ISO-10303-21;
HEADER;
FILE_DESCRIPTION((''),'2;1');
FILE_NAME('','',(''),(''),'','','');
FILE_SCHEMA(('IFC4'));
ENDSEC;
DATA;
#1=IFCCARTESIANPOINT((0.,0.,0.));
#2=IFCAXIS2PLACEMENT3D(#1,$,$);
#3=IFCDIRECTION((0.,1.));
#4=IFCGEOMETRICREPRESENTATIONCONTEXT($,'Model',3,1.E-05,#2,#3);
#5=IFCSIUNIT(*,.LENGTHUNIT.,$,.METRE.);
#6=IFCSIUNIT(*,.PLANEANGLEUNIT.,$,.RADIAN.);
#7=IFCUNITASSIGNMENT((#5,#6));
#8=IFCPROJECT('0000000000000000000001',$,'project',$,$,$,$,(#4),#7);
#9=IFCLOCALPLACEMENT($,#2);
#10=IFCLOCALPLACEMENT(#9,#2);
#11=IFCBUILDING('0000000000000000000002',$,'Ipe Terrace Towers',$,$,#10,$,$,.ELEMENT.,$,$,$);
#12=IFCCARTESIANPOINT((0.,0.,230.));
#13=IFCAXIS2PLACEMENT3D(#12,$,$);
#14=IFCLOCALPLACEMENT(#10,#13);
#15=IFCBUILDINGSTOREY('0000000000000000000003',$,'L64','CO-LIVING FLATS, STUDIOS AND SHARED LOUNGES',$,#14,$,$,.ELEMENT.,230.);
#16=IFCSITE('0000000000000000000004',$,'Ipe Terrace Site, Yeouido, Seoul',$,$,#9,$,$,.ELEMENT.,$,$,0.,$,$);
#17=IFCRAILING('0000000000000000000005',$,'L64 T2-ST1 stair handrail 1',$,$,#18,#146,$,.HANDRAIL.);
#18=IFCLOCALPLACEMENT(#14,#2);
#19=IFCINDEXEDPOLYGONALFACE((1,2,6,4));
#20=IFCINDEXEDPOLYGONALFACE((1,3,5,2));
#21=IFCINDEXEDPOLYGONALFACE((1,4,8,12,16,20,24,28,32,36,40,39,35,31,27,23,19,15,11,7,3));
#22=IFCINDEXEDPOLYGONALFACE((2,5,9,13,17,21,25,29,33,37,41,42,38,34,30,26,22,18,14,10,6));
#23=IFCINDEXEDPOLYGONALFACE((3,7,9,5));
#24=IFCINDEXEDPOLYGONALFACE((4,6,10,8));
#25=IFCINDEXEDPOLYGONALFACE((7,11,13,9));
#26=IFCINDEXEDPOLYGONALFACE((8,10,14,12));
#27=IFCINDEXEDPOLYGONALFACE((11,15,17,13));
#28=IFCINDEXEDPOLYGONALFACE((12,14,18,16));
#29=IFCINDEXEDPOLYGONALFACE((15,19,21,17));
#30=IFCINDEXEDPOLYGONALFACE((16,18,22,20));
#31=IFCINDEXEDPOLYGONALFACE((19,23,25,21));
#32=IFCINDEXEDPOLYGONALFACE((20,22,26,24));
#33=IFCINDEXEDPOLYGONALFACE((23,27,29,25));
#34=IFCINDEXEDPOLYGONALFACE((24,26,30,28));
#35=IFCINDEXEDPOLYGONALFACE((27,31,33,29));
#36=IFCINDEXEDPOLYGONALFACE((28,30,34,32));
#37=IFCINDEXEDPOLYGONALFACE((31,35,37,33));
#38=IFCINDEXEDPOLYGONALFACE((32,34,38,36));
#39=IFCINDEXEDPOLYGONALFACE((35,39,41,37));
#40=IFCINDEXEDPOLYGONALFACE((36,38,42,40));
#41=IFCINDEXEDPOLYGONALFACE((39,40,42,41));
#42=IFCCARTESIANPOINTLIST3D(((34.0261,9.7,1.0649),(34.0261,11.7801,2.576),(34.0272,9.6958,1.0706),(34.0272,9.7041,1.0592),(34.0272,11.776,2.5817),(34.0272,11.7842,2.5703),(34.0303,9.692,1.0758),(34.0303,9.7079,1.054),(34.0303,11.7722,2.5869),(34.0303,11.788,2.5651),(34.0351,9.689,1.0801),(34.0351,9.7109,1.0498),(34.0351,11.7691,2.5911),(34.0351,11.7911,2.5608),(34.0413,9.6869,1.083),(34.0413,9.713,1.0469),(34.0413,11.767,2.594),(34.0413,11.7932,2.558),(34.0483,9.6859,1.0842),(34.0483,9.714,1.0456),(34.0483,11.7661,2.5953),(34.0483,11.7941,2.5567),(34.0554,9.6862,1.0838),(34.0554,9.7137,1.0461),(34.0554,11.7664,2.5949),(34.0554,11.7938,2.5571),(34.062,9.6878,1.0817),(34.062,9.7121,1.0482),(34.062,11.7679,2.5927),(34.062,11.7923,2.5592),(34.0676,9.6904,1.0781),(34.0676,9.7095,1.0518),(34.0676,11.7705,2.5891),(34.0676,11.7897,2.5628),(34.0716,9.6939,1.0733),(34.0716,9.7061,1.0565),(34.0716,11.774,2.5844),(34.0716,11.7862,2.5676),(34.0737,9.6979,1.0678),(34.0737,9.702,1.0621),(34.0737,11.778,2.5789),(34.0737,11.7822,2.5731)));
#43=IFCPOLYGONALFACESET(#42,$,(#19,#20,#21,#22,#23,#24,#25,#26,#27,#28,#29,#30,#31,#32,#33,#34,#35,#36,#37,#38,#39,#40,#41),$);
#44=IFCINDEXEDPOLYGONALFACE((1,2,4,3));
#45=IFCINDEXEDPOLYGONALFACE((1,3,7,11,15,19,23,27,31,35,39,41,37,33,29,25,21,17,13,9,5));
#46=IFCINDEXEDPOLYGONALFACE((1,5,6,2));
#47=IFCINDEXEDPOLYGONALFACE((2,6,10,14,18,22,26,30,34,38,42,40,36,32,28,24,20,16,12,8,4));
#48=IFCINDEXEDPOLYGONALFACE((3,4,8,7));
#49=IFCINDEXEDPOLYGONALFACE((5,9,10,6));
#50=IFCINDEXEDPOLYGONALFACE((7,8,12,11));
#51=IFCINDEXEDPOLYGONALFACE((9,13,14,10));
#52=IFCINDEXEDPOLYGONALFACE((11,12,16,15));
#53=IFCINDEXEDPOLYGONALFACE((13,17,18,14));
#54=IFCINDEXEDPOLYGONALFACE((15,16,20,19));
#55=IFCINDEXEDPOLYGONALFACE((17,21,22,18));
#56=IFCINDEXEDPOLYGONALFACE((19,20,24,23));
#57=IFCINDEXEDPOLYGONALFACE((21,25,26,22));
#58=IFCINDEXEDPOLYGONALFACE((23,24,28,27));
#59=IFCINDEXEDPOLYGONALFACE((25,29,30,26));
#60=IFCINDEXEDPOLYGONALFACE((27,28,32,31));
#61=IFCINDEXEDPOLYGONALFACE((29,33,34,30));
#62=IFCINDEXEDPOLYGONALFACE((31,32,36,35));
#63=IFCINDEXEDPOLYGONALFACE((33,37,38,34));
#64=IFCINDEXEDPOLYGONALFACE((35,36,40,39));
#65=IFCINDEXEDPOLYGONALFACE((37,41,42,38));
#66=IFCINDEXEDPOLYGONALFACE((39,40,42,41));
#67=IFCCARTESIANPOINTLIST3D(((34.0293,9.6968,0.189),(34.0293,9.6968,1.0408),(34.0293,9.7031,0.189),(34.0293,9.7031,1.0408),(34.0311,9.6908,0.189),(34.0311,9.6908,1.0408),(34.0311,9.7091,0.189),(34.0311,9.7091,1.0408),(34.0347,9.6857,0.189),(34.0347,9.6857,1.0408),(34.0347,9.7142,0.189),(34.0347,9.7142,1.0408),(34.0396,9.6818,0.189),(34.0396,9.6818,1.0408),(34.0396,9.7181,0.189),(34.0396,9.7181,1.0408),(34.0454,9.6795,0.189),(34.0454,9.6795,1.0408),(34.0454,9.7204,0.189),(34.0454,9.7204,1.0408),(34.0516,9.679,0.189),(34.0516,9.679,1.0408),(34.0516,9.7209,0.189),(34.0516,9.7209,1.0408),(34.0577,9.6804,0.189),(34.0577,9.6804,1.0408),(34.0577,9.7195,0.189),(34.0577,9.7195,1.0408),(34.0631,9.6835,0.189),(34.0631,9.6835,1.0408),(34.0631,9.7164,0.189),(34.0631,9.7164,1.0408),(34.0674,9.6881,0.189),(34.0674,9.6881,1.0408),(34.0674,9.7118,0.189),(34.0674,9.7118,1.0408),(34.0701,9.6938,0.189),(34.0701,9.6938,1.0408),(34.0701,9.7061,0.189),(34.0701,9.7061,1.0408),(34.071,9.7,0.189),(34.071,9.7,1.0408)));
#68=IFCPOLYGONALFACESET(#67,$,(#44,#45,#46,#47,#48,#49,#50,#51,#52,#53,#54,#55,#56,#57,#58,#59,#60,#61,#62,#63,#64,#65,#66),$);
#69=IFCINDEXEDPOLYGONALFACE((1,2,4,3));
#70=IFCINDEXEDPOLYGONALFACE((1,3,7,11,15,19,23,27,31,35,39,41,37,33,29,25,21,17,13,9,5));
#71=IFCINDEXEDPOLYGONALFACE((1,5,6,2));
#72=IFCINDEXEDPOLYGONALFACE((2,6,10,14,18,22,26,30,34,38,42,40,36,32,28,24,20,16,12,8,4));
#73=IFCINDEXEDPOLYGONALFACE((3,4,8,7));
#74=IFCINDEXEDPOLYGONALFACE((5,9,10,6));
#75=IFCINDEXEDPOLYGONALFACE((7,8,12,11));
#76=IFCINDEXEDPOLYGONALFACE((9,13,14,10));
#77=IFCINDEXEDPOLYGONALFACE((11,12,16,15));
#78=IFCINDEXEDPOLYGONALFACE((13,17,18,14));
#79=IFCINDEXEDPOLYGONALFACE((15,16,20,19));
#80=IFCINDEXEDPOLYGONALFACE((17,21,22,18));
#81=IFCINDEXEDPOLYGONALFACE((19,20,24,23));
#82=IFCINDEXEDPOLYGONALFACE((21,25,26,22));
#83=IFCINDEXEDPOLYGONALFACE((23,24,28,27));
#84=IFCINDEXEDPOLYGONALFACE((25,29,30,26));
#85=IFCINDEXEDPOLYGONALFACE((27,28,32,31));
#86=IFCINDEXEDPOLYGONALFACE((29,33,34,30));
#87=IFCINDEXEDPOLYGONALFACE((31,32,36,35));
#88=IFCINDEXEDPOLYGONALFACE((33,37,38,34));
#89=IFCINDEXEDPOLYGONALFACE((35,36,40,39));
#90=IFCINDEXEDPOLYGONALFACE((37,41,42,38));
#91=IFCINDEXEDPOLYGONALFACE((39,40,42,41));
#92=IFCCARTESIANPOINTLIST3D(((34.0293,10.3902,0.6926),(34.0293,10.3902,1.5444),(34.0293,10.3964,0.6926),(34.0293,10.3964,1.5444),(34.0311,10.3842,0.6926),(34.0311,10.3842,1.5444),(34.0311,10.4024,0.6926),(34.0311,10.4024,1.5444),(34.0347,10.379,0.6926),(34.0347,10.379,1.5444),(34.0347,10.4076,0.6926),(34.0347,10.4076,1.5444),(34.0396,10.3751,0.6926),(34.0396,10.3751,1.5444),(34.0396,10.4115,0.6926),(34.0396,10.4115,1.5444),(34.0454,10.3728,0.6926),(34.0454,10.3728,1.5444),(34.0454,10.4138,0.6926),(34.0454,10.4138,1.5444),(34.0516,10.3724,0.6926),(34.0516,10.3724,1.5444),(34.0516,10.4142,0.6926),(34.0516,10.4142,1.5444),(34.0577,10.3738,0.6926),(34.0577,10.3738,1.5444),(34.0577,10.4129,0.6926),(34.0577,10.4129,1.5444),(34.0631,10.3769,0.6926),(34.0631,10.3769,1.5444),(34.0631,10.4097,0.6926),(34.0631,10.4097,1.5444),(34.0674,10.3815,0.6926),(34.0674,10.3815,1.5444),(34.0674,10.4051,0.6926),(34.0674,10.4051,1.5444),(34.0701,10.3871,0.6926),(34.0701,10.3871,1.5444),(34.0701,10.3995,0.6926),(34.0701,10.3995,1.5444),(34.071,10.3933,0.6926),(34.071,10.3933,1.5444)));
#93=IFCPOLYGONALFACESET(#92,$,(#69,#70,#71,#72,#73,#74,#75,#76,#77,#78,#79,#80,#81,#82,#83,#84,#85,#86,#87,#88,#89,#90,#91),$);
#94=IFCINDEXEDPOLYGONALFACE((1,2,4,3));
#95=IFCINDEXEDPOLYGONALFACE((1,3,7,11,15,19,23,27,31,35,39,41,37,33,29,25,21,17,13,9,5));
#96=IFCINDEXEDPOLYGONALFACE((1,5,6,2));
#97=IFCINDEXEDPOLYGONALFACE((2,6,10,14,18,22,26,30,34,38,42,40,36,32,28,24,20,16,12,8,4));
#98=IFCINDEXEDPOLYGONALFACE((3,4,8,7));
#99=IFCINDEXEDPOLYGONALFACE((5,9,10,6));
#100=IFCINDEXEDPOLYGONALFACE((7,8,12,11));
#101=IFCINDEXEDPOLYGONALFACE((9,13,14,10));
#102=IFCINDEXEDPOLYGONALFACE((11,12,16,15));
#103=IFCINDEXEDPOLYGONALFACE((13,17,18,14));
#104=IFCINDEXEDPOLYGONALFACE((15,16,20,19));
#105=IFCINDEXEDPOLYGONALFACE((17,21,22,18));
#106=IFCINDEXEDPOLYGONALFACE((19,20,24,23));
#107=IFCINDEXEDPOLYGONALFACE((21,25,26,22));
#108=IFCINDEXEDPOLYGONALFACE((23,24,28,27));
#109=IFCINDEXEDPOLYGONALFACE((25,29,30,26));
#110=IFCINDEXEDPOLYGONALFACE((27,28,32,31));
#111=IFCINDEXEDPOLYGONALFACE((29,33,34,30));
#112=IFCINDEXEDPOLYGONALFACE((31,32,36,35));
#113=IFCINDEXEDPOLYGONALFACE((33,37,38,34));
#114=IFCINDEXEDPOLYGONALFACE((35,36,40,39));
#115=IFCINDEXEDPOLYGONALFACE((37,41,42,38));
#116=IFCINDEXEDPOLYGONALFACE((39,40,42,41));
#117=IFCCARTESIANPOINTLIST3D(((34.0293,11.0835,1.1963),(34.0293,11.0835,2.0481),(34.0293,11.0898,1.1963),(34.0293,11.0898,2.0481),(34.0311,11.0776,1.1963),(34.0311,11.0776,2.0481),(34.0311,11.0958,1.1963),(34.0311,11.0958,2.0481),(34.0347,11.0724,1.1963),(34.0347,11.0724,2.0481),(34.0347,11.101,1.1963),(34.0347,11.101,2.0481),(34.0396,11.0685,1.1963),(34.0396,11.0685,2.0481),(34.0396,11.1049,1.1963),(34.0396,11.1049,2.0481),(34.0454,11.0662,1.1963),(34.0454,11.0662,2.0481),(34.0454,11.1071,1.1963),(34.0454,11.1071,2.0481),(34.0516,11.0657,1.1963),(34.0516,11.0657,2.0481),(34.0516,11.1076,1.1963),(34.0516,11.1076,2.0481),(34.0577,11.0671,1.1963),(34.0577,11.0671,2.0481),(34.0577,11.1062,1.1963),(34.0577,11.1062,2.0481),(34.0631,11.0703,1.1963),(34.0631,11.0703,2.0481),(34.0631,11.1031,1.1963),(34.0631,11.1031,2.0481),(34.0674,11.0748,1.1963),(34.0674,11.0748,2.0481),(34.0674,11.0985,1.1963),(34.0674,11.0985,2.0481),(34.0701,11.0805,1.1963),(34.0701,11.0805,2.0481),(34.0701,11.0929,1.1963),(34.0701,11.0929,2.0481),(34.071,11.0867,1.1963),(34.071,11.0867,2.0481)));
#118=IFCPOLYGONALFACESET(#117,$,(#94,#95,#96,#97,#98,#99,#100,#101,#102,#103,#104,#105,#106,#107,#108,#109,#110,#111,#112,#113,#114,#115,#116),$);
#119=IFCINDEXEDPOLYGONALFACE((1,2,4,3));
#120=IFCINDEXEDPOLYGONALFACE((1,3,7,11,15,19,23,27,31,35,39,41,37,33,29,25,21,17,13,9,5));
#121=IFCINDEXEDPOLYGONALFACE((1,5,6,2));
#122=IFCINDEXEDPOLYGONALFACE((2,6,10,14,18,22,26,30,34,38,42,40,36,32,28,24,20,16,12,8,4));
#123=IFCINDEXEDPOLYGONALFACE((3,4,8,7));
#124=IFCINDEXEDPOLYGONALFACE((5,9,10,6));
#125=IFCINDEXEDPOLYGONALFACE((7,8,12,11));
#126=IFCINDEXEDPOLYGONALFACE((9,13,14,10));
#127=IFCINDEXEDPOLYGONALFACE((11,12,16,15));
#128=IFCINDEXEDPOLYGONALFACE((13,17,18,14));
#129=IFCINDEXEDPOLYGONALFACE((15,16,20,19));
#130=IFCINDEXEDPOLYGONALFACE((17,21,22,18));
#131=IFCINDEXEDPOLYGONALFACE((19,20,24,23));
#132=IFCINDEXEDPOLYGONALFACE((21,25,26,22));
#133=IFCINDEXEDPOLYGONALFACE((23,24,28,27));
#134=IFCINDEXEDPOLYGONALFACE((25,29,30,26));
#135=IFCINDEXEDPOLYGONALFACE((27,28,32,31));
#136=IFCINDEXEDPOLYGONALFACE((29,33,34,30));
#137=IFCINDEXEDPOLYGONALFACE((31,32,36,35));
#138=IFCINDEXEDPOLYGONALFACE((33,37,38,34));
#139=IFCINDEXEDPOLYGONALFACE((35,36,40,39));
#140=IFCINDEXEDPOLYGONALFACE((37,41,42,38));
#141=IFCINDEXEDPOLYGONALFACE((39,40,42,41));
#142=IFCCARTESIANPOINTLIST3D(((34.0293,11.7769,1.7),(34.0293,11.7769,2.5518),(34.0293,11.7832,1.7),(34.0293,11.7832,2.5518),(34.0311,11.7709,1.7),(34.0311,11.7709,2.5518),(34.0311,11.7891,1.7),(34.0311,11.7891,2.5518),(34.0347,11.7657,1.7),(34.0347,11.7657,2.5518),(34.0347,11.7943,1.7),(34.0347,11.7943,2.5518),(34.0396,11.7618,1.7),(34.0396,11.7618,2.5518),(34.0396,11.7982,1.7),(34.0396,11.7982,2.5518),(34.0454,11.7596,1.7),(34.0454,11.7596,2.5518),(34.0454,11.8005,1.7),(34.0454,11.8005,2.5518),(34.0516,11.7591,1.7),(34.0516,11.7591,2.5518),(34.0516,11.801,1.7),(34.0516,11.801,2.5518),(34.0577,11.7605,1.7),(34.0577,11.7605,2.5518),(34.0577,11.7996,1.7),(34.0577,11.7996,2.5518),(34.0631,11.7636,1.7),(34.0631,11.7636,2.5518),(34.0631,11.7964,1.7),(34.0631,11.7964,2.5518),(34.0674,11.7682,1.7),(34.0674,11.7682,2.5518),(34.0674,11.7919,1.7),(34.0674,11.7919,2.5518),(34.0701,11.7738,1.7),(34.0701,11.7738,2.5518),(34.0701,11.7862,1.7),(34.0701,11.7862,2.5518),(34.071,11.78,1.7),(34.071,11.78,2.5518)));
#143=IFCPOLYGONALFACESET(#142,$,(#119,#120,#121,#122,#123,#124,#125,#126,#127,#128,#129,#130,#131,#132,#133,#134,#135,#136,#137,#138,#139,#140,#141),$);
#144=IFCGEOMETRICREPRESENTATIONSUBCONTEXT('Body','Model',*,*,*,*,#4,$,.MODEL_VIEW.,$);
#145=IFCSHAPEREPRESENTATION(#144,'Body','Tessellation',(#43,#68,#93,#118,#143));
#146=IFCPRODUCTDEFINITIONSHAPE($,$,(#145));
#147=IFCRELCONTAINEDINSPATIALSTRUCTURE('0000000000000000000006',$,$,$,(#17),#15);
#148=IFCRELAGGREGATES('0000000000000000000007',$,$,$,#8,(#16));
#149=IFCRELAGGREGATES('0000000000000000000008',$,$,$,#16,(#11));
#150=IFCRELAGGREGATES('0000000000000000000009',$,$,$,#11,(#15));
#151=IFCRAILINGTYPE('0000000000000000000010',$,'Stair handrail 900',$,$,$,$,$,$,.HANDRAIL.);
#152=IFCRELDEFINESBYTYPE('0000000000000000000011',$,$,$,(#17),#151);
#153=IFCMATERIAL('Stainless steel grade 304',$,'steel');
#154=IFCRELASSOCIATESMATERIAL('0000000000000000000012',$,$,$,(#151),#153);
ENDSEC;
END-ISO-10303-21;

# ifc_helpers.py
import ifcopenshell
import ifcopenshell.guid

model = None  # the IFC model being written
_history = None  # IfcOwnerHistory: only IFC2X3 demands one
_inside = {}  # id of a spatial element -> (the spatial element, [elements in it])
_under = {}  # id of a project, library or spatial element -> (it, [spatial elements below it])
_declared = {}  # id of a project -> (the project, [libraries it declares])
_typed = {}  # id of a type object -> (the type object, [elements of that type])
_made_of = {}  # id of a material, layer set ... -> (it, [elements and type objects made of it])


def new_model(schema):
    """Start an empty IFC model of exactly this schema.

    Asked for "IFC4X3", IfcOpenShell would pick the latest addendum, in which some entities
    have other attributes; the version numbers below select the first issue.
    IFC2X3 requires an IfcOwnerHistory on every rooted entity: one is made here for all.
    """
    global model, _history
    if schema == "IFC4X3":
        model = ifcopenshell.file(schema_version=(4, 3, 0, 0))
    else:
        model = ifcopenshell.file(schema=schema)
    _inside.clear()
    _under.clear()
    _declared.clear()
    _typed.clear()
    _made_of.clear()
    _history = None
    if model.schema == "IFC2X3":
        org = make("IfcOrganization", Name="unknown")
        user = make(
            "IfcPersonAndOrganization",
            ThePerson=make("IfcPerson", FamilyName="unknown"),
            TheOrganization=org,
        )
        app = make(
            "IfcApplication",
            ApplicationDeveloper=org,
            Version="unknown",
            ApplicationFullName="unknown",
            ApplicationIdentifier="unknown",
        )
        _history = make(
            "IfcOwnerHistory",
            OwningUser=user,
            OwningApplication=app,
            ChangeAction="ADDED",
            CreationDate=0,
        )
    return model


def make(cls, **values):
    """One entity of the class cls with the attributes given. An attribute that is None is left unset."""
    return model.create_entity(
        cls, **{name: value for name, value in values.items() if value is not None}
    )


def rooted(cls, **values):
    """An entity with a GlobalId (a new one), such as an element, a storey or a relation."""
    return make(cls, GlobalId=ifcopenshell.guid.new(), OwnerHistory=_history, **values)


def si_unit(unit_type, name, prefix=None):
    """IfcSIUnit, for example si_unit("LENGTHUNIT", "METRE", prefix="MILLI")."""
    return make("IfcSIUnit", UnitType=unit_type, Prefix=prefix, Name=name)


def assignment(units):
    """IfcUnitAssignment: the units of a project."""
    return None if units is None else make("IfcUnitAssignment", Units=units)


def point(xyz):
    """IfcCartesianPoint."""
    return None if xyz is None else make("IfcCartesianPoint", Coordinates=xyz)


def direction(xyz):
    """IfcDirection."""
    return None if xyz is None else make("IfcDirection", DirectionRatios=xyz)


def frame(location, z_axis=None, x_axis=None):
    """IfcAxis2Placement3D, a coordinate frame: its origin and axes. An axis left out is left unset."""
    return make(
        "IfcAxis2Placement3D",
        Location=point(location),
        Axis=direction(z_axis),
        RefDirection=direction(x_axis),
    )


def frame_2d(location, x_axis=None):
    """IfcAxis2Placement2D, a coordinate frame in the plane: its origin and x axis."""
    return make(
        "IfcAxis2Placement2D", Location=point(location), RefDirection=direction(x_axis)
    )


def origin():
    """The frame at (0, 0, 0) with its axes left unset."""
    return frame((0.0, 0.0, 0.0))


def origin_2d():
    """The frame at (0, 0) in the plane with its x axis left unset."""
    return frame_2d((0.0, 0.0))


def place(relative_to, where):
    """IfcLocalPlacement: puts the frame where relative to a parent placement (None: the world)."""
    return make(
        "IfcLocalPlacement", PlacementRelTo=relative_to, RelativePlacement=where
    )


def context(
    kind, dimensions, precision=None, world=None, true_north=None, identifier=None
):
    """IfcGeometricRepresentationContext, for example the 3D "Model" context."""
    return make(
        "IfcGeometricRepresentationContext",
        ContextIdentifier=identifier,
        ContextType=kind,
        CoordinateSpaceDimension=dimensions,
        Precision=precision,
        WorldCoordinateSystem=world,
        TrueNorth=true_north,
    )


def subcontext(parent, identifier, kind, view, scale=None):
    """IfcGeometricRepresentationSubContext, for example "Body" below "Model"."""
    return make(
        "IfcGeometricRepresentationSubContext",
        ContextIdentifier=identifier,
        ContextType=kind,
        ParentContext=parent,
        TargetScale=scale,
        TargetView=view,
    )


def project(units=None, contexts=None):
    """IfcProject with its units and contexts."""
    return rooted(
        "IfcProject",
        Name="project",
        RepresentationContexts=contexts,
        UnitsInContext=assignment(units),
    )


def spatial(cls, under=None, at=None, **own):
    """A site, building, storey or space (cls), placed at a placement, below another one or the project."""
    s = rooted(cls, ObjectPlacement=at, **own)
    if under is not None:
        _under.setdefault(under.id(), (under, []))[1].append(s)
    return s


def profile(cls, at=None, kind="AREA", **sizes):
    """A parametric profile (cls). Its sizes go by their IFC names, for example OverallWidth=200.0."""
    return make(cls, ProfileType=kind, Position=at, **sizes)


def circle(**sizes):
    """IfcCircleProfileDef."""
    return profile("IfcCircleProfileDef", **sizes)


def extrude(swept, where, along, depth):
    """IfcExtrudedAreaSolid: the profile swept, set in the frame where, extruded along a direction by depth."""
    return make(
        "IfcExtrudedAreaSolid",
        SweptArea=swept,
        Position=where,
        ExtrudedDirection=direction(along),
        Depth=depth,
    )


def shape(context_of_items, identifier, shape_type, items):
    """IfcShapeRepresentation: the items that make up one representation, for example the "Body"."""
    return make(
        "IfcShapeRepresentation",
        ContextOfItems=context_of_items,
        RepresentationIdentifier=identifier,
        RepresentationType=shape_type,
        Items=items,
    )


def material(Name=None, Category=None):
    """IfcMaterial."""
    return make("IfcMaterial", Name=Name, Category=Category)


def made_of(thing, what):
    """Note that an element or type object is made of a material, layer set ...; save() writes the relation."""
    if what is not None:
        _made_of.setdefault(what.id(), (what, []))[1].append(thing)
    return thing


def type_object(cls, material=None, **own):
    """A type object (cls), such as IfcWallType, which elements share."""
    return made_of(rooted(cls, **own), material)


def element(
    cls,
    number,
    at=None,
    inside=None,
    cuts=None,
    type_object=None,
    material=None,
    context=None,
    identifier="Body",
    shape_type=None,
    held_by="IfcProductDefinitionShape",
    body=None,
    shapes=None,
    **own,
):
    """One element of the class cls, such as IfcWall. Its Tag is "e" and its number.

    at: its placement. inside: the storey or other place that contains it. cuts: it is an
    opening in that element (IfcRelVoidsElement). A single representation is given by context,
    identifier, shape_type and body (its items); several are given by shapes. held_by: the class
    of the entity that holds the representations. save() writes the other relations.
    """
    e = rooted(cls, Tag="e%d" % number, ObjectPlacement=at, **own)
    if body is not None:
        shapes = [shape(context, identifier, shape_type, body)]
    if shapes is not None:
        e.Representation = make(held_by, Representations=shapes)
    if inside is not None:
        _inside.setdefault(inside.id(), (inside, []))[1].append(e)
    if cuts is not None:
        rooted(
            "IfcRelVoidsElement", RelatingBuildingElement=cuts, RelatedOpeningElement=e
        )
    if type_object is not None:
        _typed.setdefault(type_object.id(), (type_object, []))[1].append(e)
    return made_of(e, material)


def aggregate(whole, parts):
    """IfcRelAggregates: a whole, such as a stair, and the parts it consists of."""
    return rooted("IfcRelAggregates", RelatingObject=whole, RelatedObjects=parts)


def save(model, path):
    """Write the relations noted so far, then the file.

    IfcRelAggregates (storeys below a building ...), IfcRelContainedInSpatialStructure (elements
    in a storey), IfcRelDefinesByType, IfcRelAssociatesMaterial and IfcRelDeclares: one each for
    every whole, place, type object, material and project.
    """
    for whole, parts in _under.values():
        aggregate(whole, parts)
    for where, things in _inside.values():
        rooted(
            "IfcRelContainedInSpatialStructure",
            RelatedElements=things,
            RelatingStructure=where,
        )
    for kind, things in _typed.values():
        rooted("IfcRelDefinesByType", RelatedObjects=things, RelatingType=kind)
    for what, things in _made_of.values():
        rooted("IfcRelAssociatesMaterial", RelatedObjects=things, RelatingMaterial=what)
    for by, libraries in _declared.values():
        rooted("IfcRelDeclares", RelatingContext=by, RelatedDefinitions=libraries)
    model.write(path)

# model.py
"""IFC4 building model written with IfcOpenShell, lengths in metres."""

from ifc_helpers import new_model, si_unit, direction, frame, origin, origin_2d, place, context, subcontext, project, spatial, circle, extrude, material, type_object, element, save


model = new_model("IFC4")

# Units and contexts
model_context = context("Model", 3, precision=1e-05, world=origin(), true_north=direction((0.0, 1.0)))
body_context = subcontext(model_context, "Body", "Model", "MODEL_VIEW")
ifc_project = project(units=[si_unit("LENGTHUNIT", "METRE"), si_unit("PLANEANGLEUNIT", "RADIAN")], contexts=[model_context])

# Site, building, storey
site_placement = place(None, origin())
site = spatial("IfcSite", under=ifc_project, at=site_placement, Name="Ipe Terrace Site, Yeouido, Seoul", CompositionType="ELEMENT", RefElevation=0.0)
building_placement = place(site_placement, origin())
building = spatial("IfcBuilding", under=site, at=building_placement, Name="Ipe Terrace Towers", CompositionType="ELEMENT")
storey_placement = place(building_placement, frame((0.0, 0.0, 230.0)))
storey = spatial("IfcBuildingStorey", under=building, at=storey_placement, Name="L64", Description="CO-LIVING FLATS, STUDIOS AND SHARED LOUNGES", CompositionType="ELEMENT", Elevation=230.0)

# Railing
ifc_material_1 = material(Name="Stainless steel grade 304", Category="steel")
railing_type_1 = type_object("IfcRailingType", Name="Stair handrail 900", PredefinedType="HANDRAIL", material=ifc_material_1)
railing_1_placement = place(storey_placement, frame((34.05, 9.7, 0.189)))
element("IfcRailing", 1, at=railing_1_placement, inside=storey, type_object=railing_type_1, Name="L64 T2-ST1 stair handrail 1", PredefinedType="HANDRAIL", context=body_context, shape_type="SweptSolid", body=[
    extrude(circle(Radius=0.0239, at=origin_2d()), frame((0.0, 0.0, 0.876), z_axis=(0.0, 0.809069, 0.587714), x_axis=(-1.0, 0.0, 0.0)), (0.0, 0.0, 1.0), 2.571),
    extrude(circle(Radius=0.021, at=origin_2d()), origin(), (0.0, 0.0, 1.0), 0.8518),
    extrude(circle(Radius=0.021, at=origin_2d()), frame((0.0, 0.6934, 0.5037)), (0.0, 0.0, 1.0), 0.8518),
    extrude(circle(Radius=0.021, at=origin_2d()), frame((0.0, 1.3867, 1.0073)), (0.0, 0.0, 1.0), 0.8518),
    extrude(circle(Radius=0.021, at=origin_2d()), frame((0.0, 2.0801, 1.511)), (0.0, 0.0, 1.0), 0.8518),
])

save(model, "model.ifc")
